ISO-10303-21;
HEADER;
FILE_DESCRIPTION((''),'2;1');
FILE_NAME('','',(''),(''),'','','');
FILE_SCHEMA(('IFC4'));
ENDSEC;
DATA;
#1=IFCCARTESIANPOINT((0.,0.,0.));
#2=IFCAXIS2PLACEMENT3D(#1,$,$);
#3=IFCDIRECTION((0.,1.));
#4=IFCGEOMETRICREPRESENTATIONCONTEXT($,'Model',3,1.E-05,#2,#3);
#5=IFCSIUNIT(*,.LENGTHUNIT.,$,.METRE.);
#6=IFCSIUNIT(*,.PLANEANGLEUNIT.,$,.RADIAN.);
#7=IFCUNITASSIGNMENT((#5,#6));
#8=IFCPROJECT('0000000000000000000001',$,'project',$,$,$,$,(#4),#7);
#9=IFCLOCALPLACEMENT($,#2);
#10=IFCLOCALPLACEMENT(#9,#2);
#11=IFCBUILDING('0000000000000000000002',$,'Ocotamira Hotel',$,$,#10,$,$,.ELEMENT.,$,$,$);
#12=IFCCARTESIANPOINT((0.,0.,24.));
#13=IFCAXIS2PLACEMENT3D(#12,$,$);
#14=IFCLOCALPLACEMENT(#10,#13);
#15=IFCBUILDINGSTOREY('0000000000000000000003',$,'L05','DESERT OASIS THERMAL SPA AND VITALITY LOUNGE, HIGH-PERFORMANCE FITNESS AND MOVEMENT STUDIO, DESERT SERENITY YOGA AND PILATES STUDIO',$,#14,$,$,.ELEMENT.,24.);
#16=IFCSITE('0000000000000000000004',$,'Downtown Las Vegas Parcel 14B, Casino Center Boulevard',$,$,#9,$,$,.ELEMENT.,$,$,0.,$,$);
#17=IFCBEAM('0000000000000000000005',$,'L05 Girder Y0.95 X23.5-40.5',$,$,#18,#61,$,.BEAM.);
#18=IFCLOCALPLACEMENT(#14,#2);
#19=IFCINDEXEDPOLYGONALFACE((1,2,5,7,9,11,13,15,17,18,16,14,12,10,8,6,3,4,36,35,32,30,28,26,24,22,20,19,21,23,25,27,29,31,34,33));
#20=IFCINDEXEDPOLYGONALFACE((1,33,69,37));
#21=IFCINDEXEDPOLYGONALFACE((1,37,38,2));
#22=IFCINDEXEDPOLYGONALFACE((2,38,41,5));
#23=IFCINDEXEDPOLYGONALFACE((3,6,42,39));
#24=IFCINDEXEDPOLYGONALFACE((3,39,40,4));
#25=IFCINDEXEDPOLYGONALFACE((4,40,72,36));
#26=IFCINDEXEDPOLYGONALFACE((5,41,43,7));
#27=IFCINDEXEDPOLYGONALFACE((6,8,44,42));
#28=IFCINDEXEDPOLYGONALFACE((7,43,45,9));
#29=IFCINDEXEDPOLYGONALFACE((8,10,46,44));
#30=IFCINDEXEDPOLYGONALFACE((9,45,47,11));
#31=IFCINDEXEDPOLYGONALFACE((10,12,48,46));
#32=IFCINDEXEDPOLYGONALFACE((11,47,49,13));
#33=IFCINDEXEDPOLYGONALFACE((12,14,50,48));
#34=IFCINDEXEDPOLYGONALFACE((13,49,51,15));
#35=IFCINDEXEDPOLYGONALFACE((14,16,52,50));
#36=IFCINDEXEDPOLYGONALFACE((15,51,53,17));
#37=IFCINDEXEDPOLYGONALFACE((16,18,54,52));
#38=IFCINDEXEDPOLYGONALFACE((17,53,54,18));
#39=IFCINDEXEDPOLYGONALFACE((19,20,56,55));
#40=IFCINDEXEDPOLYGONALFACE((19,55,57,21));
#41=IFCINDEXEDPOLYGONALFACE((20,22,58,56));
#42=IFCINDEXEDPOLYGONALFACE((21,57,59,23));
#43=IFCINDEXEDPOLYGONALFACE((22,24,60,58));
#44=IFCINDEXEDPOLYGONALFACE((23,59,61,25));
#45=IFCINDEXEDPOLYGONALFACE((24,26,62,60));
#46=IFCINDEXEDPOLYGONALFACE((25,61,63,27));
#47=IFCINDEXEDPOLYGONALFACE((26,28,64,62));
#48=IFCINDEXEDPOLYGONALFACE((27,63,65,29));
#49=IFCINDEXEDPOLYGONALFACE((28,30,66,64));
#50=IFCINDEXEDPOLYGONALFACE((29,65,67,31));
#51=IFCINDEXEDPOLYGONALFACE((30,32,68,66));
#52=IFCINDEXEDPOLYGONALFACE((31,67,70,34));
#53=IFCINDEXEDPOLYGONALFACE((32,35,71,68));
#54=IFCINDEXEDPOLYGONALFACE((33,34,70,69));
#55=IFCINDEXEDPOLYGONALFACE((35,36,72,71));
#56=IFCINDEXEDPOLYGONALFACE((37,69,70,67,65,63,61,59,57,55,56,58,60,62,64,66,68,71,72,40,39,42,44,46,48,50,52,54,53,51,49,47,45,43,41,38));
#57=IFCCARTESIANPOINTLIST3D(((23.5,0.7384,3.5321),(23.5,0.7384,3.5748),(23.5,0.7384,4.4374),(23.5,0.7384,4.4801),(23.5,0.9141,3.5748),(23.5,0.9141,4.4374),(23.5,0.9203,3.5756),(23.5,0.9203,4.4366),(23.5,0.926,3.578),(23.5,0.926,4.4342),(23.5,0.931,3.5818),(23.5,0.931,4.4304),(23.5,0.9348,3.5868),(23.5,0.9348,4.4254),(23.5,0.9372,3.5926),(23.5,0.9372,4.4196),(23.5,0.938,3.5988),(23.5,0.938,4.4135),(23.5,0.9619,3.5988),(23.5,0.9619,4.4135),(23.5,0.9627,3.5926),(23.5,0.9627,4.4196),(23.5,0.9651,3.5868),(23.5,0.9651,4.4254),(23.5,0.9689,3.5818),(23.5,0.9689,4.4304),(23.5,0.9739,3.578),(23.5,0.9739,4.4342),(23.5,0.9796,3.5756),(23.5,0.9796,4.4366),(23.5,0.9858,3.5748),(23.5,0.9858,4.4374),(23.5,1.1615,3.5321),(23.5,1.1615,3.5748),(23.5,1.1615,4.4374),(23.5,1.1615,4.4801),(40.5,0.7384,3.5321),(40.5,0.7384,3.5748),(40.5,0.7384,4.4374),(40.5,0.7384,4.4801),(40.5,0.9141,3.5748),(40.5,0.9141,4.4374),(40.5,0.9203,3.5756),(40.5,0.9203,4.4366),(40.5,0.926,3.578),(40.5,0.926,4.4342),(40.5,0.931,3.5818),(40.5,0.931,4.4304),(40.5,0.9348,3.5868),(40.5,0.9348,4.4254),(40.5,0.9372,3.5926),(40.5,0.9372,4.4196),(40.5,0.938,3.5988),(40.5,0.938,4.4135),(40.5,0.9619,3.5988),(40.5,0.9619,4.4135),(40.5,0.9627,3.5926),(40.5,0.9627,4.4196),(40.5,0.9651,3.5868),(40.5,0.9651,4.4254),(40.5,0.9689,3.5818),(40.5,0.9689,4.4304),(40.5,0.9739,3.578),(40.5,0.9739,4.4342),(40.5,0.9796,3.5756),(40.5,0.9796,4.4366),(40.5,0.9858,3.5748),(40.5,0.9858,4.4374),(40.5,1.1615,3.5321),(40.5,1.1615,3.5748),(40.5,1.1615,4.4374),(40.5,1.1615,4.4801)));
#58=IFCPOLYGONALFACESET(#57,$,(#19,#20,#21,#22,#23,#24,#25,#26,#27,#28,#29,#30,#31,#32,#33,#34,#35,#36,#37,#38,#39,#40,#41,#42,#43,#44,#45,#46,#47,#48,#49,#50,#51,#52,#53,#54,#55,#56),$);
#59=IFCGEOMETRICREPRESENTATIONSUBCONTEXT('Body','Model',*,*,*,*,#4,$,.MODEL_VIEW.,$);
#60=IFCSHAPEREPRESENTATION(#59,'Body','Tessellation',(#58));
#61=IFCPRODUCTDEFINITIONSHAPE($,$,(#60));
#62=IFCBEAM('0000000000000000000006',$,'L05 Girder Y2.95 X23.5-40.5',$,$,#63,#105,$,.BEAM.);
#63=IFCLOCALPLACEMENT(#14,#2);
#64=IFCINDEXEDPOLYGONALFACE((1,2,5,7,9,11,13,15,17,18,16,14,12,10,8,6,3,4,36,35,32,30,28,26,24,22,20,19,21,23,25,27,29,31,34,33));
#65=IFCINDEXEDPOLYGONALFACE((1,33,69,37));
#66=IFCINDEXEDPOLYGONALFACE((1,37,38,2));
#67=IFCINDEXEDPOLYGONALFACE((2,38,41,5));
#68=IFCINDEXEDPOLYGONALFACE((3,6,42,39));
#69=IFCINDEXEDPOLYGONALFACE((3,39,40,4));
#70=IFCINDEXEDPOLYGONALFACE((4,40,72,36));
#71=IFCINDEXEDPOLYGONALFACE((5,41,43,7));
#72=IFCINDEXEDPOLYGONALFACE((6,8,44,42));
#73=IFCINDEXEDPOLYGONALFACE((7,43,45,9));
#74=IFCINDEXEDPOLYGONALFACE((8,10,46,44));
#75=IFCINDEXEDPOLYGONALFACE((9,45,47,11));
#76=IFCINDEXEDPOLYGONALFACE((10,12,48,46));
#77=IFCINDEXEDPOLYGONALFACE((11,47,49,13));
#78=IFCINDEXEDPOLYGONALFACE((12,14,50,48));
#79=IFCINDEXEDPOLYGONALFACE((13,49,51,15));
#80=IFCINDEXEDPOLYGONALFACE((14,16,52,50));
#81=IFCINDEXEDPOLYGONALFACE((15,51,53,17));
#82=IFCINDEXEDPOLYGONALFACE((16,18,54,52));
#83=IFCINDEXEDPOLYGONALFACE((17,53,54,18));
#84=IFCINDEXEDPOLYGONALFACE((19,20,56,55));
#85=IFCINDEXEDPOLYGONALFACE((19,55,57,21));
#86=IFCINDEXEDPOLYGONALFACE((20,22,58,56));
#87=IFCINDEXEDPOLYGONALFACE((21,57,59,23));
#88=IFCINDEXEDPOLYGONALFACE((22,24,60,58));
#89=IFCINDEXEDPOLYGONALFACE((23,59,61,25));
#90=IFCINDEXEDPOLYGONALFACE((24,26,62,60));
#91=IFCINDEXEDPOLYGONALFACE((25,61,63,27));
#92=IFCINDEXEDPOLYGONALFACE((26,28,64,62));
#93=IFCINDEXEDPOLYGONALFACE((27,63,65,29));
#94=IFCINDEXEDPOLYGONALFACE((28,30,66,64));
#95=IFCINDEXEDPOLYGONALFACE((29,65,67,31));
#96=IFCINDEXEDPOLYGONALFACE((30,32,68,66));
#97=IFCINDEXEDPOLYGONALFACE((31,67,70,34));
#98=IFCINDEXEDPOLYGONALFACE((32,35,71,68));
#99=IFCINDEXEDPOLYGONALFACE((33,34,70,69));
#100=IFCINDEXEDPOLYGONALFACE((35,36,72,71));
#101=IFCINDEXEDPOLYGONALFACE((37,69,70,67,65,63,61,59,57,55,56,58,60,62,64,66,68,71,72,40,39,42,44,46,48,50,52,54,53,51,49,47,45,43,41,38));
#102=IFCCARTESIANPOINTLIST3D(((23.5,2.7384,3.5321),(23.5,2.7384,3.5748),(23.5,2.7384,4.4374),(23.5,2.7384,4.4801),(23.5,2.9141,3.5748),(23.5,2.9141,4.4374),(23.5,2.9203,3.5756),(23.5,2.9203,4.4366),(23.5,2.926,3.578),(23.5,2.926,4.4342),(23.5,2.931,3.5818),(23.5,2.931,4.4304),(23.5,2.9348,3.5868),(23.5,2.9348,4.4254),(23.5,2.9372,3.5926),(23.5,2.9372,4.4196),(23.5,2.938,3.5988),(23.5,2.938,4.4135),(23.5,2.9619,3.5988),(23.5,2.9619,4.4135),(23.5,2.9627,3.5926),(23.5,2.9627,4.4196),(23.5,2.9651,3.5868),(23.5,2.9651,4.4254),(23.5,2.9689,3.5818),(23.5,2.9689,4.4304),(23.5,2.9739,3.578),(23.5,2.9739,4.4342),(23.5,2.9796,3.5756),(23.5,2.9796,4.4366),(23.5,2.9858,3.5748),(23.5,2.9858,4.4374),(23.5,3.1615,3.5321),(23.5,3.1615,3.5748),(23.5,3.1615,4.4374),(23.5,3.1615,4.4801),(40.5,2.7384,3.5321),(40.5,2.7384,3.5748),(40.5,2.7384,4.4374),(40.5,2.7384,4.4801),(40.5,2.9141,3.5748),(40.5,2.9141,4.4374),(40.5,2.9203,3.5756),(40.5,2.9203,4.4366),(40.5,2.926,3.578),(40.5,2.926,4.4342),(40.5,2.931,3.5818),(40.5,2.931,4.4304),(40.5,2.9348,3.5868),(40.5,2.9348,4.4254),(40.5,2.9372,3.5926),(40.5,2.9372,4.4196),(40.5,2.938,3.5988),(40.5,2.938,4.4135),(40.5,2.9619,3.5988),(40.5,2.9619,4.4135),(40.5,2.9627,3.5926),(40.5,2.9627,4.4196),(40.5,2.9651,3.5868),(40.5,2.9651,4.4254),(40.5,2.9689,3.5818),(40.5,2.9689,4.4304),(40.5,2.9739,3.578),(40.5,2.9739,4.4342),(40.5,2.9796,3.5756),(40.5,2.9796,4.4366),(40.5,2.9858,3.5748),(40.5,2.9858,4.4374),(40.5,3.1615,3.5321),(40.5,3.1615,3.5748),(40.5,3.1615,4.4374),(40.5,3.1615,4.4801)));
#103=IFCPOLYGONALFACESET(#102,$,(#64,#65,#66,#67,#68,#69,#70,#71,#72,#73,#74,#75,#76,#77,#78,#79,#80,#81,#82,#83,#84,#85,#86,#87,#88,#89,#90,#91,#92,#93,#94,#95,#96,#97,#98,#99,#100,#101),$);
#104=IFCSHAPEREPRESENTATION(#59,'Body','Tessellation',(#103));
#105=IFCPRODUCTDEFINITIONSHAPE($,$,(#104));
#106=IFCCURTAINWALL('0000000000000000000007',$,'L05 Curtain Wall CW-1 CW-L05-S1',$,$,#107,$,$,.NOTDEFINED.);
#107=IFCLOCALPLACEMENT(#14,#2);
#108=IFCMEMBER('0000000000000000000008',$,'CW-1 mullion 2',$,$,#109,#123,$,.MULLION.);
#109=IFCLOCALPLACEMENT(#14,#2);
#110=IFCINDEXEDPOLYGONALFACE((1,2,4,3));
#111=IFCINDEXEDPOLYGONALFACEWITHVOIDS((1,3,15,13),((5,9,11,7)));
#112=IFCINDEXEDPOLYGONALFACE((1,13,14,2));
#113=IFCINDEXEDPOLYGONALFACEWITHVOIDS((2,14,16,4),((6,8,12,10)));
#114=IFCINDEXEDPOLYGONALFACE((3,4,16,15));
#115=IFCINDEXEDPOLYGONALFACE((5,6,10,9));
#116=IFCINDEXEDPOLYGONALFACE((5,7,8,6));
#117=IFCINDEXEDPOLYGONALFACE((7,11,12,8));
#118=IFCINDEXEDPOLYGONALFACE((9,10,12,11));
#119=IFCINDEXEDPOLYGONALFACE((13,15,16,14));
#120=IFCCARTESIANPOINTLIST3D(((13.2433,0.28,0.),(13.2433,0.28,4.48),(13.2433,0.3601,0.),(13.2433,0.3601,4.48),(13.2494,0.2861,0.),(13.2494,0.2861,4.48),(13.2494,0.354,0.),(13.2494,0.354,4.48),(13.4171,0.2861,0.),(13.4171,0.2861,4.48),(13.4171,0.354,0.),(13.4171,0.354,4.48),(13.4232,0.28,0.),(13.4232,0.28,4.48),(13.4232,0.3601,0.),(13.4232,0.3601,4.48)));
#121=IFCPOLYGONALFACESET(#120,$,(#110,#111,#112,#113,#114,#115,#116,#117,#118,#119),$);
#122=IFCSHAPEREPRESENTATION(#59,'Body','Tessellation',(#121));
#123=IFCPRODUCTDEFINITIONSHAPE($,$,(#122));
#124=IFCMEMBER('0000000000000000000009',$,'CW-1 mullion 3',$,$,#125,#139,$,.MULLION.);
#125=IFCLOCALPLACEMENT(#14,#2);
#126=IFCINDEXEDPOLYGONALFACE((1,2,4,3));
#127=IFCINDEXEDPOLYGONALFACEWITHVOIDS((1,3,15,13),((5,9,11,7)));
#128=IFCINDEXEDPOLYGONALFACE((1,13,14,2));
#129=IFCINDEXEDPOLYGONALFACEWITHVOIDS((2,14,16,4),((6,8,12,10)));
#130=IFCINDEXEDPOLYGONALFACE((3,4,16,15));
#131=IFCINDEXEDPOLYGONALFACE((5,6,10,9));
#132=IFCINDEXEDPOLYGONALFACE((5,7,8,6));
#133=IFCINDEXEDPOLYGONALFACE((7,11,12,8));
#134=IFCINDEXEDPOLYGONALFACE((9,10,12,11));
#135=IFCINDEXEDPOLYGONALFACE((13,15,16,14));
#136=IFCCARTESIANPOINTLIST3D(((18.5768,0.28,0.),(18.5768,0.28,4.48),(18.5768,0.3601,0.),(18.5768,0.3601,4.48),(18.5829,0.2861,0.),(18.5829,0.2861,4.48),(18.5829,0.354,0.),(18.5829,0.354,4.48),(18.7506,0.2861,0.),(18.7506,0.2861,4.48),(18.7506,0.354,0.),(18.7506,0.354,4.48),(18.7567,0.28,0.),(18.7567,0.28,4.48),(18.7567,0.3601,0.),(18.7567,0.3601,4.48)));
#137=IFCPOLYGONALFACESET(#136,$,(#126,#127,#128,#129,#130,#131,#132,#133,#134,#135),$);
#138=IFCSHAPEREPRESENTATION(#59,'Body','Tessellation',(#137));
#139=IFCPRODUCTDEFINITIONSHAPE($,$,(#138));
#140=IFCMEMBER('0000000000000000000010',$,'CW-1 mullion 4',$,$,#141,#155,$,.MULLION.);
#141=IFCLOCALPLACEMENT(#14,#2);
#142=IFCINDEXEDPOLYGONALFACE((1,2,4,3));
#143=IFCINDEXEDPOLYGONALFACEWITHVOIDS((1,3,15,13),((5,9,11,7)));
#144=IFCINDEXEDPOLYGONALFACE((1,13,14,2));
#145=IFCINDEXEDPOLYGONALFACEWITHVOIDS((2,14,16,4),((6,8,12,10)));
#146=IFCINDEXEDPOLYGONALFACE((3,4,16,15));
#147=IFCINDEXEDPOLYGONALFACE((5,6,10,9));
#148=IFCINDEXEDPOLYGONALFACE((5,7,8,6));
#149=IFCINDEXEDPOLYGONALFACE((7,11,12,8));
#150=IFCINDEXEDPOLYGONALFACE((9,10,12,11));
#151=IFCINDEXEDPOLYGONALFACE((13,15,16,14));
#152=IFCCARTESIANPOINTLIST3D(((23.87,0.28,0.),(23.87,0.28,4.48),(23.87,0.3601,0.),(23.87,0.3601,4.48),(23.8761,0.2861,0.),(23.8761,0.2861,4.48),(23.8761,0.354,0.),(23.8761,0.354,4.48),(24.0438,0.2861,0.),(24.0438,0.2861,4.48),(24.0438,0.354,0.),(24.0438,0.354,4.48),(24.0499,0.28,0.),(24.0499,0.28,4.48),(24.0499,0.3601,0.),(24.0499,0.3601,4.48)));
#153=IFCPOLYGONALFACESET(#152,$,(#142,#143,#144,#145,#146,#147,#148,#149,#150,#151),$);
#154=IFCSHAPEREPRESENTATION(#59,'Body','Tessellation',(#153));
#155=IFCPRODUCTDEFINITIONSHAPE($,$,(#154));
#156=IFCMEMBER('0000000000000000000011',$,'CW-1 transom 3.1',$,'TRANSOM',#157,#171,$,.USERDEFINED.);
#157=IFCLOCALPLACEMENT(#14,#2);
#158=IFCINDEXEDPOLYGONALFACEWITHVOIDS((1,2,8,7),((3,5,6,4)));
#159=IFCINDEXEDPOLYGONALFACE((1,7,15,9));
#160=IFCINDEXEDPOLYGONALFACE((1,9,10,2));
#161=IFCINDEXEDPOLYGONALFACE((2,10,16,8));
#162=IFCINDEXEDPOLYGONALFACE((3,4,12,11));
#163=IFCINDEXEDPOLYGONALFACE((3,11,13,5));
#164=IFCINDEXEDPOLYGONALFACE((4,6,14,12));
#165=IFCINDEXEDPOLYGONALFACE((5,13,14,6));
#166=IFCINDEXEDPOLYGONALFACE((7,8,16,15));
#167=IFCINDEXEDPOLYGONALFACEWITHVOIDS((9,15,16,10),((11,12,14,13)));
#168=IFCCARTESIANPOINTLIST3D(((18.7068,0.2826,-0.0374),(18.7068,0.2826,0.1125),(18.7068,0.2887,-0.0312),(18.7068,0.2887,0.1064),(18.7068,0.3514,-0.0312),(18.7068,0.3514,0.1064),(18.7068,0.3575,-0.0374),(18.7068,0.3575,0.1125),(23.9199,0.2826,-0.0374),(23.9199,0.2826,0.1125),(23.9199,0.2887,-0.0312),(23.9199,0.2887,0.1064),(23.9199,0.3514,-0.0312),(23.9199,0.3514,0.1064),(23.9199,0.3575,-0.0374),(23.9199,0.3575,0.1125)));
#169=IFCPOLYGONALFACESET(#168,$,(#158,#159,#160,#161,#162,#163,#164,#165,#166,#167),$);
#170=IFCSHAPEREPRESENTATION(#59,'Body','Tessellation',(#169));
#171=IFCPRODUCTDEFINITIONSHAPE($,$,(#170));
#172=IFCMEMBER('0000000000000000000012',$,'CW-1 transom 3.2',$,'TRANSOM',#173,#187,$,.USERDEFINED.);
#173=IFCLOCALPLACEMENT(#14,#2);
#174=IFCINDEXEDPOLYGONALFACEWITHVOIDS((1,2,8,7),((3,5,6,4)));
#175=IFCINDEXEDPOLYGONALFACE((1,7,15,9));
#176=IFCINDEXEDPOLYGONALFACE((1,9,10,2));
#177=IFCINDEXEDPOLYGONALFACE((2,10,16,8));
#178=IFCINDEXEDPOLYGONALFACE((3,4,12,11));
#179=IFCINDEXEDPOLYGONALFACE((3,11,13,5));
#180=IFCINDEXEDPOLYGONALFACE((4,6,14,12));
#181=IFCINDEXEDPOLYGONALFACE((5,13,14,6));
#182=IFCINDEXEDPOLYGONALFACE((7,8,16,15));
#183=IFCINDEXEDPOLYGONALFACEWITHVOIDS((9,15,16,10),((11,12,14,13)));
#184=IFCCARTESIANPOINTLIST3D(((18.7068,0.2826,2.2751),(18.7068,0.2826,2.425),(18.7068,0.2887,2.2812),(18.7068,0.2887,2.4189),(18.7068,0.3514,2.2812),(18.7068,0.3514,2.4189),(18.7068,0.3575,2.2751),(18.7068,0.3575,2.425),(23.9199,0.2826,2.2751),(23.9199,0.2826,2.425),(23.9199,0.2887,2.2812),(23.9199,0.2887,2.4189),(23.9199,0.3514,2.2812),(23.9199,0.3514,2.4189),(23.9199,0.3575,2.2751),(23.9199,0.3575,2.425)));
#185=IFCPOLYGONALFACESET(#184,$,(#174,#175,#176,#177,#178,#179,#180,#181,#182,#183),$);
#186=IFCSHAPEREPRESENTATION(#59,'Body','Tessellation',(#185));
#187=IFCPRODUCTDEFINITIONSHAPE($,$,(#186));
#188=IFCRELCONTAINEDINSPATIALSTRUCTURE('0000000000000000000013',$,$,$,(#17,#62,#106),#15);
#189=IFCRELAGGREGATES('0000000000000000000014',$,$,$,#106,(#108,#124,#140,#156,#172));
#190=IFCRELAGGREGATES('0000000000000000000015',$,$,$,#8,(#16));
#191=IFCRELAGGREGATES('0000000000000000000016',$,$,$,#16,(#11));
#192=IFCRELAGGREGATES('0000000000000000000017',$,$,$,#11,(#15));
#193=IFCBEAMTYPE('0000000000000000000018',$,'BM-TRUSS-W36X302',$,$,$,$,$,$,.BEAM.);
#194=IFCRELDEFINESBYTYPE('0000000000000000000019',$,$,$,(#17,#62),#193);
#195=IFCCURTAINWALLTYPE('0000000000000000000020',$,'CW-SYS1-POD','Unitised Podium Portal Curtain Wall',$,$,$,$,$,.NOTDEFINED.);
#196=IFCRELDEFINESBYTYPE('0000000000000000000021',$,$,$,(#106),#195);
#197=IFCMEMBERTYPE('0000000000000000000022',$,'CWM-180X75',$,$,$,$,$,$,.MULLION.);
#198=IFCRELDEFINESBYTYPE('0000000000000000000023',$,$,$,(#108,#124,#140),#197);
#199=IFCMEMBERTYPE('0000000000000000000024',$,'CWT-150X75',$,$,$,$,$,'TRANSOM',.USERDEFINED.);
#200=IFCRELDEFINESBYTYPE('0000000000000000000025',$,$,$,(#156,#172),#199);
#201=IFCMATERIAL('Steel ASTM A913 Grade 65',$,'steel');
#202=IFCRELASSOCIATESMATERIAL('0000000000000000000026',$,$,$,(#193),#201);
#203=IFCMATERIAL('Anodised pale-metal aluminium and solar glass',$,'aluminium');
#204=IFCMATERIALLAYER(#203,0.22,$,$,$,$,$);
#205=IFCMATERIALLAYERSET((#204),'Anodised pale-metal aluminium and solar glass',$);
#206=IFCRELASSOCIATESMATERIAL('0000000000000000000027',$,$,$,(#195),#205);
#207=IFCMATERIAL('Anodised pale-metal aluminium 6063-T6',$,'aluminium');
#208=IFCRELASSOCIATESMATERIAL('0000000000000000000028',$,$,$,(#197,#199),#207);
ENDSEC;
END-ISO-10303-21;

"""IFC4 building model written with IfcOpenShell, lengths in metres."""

from ifc_helpers import new_model, si_unit, direction, frame, origin, origin_2d, place, context, subcontext, project, spatial, hollow_rectangle, i_section, extrude, source, transform, mapped, material, layer, layer_set, material_profile, profile_set, type_object, element, aggregate, save


model = new_model("IFC4")

# Units and contexts
model_context = context("Model", 3, precision=1e-05, world=origin(), true_north=direction((0.0, 1.0)))
body_context = subcontext(model_context, "Body", "Model", "MODEL_VIEW")
ifc_project = project(units=[si_unit("LENGTHUNIT", "METRE"), si_unit("PLANEANGLEUNIT", "RADIAN")], contexts=[model_context])

# Site, building, storey
site_placement = place(None, origin())
site = spatial("IfcSite", under=ifc_project, at=site_placement, Name="Downtown Las Vegas Parcel 14B, Casino Center Boulevard", CompositionType="ELEMENT", RefElevation=0.0)
building_placement = place(site_placement, origin())
building = spatial("IfcBuilding", under=site, at=building_placement, Name="Ocotamira Hotel", CompositionType="ELEMENT")
storey_placement = place(building_placement, frame((0.0, 0.0, 24.0)))
storey = spatial("IfcBuildingStorey", under=building, at=storey_placement, Name="L05", Description="DESERT OASIS THERMAL SPA AND VITALITY LOUNGE, HIGH-PERFORMANCE FITNESS AND MOVEMENT STUDIO, DESERT SERENITY YOGA AND PILATES STUDIO", CompositionType="ELEMENT", Elevation=24.0)

# Beams
ifc_material_1 = material(Name="Steel ASTM A913 Grade 65", Category="steel")
ifc_material_profile_1 = material_profile(ifc_material_1, i_section(OverallWidth=0.4231, OverallDepth=0.948, WebThickness=0.0239, FlangeThickness=0.0427, FilletRadius=0.0239, at=origin_2d()), Name="W36X302")
ifc_profile_set_1 = profile_set([ifc_material_profile_1], Name="Steel ASTM A913 Grade 65")
beam_type_1 = type_object("IfcBeamType", Name="BM-TRUSS-W36X302", PredefinedType="BEAM", material=ifc_profile_set_1)
shared_shape_1 = source(origin(), body_context, "Body", "SweptSolid", [
    extrude(i_section(OverallWidth=0.4231, OverallDepth=0.948, WebThickness=0.0239, FlangeThickness=0.0427, FilletRadius=0.0239, at=origin_2d()), origin(), (0.0, 0.0, 1.0), 17.0),
])
for number, where, z_axis, x_axis, name in (
    (1, (23.5, 0.95, 4.0061), (1.0, 0.0, 0.0), (0.0, 1.0, 0.0), "L05 Girder Y0.95 X23.5-40.5"),
    (2, (23.5, 2.95, 4.0061), (1.0, 0.0, 0.0), (0.0, 1.0, 0.0), "L05 Girder Y2.95 X23.5-40.5"),
):
    element("IfcBeam", number, at=place(storey_placement, frame(where, z_axis=z_axis, x_axis=x_axis)), inside=storey, type_object=beam_type_1, Name=name, PredefinedType="BEAM", context=body_context, shape_type="MappedRepresentation", body=[
        mapped(shared_shape_1, transform((0.0, 0.0, 0.0), scale=1.0)),
    ])

# Curtain wall, members
ifc_material_2 = material(Name="Anodised pale-metal aluminium and solar glass", Category="aluminium")
ifc_layer_1 = layer(ifc_material_2, 0.22)
ifc_layer_set_1 = layer_set([ifc_layer_1], Name="Anodised pale-metal aluminium and solar glass")
curtain_wall_type = type_object("IfcCurtainWallType", Name="CW-SYS1-POD", Description="Unitised Podium Portal Curtain Wall", PredefinedType="NOTDEFINED", material=ifc_layer_set_1)
curtain_wall_placement = place(storey_placement, origin())
curtain_wall = element("IfcCurtainWall", 3, at=curtain_wall_placement, inside=storey, type_object=curtain_wall_type, Name="L05 Curtain Wall CW-1 CW-L05-S1", PredefinedType="NOTDEFINED")
ifc_material_3 = material(Name="Anodised pale-metal aluminium 6063-T6", Category="aluminium")
ifc_material_profile_2 = material_profile(ifc_material_3, hollow_rectangle(XDim=0.0801, YDim=0.1799, WallThickness=0.0061, at=origin_2d()), Name="HSS180X80X6")
ifc_profile_set_2 = profile_set([ifc_material_profile_2], Name="Anodised pale-metal aluminium 6063-T6")
member_type_1 = type_object("IfcMemberType", Name="CWM-180X75", PredefinedType="MULLION", material=ifc_profile_set_2)
shared_shape_2 = source(origin(), body_context, "Body", "SweptSolid", [
    extrude(hollow_rectangle(XDim=0.0801, YDim=0.1799, WallThickness=0.0061, at=origin_2d()), origin(), (0.0, 0.0, 1.0), 4.48),
])
member_1_placement = place(storey_placement, frame((13.3333, 0.3201, 0.0), z_axis=(0.0, 0.0, 1.0), x_axis=(0.0, 1.0, 0.0)))
member_1 = element("IfcMember", 4, at=member_1_placement, type_object=member_type_1, Name="CW-1 mullion 2", PredefinedType="MULLION", context=body_context, shape_type="MappedRepresentation", body=[
    mapped(shared_shape_2, transform((0.0, 0.0, 0.0), scale=1.0)),
])
member_2_placement = place(storey_placement, frame((18.6667, 0.3201, 0.0), z_axis=(0.0, 0.0, 1.0), x_axis=(0.0, 1.0, 0.0)))
member_2 = element("IfcMember", 5, at=member_2_placement, type_object=member_type_1, Name="CW-1 mullion 3", PredefinedType="MULLION", context=body_context, shape_type="MappedRepresentation", body=[
    mapped(shared_shape_2, transform((0.0, 0.0, 0.0), scale=1.0)),
])
member_3_placement = place(storey_placement, frame((23.96, 0.3201, 0.0), z_axis=(0.0, 0.0, 1.0), x_axis=(0.0, 1.0, 0.0)))
member_3 = element("IfcMember", 6, at=member_3_placement, type_object=member_type_1, Name="CW-1 mullion 4", PredefinedType="MULLION", context=body_context, shape_type="MappedRepresentation", body=[
    mapped(shared_shape_2, transform((0.0, 0.0, 0.0), scale=1.0)),
])
ifc_material_profile_3 = material_profile(ifc_material_3, hollow_rectangle(XDim=0.075, YDim=0.1499, WallThickness=0.0061, at=origin_2d()), Name="HSS150X75X6")
ifc_profile_set_3 = profile_set([ifc_material_profile_3], Name="Anodised pale-metal aluminium 6063-T6")
member_type_2 = type_object("IfcMemberType", Name="CWT-150X75", ElementType="TRANSOM", PredefinedType="USERDEFINED", material=ifc_profile_set_3)
shared_shape_3 = source(origin(), body_context, "Body", "SweptSolid", [
    extrude(hollow_rectangle(XDim=0.075, YDim=0.1499, WallThickness=0.0061, at=origin_2d()), origin(), (0.0, 0.0, 1.0), 5.2131),
])
member_4_placement = place(storey_placement, frame((18.7068, 0.3201, 0.0376), z_axis=(1.0, 0.0, 0.0), x_axis=(0.0, 1.0, 0.0)))
member_4 = element("IfcMember", 7, at=member_4_placement, type_object=member_type_2, Name="CW-1 transom 3.1", ObjectType="TRANSOM", PredefinedType="USERDEFINED", context=body_context, shape_type="MappedRepresentation", body=[
    mapped(shared_shape_3, transform((0.0, 0.0, 0.0), scale=1.0)),
])
member_5_placement = place(storey_placement, frame((18.7068, 0.3201, 2.3501), z_axis=(1.0, 0.0, 0.0), x_axis=(0.0, 1.0, 0.0)))
member_5 = element("IfcMember", 8, at=member_5_placement, type_object=member_type_2, Name="CW-1 transom 3.2", ObjectType="TRANSOM", PredefinedType="USERDEFINED", context=body_context, shape_type="MappedRepresentation", body=[
    mapped(shared_shape_3, transform((0.0, 0.0, 0.0), scale=1.0)),
])
aggregate(curtain_wall, [member_1, member_2, member_3, member_4, member_5])

save(model, "model.ifc")
